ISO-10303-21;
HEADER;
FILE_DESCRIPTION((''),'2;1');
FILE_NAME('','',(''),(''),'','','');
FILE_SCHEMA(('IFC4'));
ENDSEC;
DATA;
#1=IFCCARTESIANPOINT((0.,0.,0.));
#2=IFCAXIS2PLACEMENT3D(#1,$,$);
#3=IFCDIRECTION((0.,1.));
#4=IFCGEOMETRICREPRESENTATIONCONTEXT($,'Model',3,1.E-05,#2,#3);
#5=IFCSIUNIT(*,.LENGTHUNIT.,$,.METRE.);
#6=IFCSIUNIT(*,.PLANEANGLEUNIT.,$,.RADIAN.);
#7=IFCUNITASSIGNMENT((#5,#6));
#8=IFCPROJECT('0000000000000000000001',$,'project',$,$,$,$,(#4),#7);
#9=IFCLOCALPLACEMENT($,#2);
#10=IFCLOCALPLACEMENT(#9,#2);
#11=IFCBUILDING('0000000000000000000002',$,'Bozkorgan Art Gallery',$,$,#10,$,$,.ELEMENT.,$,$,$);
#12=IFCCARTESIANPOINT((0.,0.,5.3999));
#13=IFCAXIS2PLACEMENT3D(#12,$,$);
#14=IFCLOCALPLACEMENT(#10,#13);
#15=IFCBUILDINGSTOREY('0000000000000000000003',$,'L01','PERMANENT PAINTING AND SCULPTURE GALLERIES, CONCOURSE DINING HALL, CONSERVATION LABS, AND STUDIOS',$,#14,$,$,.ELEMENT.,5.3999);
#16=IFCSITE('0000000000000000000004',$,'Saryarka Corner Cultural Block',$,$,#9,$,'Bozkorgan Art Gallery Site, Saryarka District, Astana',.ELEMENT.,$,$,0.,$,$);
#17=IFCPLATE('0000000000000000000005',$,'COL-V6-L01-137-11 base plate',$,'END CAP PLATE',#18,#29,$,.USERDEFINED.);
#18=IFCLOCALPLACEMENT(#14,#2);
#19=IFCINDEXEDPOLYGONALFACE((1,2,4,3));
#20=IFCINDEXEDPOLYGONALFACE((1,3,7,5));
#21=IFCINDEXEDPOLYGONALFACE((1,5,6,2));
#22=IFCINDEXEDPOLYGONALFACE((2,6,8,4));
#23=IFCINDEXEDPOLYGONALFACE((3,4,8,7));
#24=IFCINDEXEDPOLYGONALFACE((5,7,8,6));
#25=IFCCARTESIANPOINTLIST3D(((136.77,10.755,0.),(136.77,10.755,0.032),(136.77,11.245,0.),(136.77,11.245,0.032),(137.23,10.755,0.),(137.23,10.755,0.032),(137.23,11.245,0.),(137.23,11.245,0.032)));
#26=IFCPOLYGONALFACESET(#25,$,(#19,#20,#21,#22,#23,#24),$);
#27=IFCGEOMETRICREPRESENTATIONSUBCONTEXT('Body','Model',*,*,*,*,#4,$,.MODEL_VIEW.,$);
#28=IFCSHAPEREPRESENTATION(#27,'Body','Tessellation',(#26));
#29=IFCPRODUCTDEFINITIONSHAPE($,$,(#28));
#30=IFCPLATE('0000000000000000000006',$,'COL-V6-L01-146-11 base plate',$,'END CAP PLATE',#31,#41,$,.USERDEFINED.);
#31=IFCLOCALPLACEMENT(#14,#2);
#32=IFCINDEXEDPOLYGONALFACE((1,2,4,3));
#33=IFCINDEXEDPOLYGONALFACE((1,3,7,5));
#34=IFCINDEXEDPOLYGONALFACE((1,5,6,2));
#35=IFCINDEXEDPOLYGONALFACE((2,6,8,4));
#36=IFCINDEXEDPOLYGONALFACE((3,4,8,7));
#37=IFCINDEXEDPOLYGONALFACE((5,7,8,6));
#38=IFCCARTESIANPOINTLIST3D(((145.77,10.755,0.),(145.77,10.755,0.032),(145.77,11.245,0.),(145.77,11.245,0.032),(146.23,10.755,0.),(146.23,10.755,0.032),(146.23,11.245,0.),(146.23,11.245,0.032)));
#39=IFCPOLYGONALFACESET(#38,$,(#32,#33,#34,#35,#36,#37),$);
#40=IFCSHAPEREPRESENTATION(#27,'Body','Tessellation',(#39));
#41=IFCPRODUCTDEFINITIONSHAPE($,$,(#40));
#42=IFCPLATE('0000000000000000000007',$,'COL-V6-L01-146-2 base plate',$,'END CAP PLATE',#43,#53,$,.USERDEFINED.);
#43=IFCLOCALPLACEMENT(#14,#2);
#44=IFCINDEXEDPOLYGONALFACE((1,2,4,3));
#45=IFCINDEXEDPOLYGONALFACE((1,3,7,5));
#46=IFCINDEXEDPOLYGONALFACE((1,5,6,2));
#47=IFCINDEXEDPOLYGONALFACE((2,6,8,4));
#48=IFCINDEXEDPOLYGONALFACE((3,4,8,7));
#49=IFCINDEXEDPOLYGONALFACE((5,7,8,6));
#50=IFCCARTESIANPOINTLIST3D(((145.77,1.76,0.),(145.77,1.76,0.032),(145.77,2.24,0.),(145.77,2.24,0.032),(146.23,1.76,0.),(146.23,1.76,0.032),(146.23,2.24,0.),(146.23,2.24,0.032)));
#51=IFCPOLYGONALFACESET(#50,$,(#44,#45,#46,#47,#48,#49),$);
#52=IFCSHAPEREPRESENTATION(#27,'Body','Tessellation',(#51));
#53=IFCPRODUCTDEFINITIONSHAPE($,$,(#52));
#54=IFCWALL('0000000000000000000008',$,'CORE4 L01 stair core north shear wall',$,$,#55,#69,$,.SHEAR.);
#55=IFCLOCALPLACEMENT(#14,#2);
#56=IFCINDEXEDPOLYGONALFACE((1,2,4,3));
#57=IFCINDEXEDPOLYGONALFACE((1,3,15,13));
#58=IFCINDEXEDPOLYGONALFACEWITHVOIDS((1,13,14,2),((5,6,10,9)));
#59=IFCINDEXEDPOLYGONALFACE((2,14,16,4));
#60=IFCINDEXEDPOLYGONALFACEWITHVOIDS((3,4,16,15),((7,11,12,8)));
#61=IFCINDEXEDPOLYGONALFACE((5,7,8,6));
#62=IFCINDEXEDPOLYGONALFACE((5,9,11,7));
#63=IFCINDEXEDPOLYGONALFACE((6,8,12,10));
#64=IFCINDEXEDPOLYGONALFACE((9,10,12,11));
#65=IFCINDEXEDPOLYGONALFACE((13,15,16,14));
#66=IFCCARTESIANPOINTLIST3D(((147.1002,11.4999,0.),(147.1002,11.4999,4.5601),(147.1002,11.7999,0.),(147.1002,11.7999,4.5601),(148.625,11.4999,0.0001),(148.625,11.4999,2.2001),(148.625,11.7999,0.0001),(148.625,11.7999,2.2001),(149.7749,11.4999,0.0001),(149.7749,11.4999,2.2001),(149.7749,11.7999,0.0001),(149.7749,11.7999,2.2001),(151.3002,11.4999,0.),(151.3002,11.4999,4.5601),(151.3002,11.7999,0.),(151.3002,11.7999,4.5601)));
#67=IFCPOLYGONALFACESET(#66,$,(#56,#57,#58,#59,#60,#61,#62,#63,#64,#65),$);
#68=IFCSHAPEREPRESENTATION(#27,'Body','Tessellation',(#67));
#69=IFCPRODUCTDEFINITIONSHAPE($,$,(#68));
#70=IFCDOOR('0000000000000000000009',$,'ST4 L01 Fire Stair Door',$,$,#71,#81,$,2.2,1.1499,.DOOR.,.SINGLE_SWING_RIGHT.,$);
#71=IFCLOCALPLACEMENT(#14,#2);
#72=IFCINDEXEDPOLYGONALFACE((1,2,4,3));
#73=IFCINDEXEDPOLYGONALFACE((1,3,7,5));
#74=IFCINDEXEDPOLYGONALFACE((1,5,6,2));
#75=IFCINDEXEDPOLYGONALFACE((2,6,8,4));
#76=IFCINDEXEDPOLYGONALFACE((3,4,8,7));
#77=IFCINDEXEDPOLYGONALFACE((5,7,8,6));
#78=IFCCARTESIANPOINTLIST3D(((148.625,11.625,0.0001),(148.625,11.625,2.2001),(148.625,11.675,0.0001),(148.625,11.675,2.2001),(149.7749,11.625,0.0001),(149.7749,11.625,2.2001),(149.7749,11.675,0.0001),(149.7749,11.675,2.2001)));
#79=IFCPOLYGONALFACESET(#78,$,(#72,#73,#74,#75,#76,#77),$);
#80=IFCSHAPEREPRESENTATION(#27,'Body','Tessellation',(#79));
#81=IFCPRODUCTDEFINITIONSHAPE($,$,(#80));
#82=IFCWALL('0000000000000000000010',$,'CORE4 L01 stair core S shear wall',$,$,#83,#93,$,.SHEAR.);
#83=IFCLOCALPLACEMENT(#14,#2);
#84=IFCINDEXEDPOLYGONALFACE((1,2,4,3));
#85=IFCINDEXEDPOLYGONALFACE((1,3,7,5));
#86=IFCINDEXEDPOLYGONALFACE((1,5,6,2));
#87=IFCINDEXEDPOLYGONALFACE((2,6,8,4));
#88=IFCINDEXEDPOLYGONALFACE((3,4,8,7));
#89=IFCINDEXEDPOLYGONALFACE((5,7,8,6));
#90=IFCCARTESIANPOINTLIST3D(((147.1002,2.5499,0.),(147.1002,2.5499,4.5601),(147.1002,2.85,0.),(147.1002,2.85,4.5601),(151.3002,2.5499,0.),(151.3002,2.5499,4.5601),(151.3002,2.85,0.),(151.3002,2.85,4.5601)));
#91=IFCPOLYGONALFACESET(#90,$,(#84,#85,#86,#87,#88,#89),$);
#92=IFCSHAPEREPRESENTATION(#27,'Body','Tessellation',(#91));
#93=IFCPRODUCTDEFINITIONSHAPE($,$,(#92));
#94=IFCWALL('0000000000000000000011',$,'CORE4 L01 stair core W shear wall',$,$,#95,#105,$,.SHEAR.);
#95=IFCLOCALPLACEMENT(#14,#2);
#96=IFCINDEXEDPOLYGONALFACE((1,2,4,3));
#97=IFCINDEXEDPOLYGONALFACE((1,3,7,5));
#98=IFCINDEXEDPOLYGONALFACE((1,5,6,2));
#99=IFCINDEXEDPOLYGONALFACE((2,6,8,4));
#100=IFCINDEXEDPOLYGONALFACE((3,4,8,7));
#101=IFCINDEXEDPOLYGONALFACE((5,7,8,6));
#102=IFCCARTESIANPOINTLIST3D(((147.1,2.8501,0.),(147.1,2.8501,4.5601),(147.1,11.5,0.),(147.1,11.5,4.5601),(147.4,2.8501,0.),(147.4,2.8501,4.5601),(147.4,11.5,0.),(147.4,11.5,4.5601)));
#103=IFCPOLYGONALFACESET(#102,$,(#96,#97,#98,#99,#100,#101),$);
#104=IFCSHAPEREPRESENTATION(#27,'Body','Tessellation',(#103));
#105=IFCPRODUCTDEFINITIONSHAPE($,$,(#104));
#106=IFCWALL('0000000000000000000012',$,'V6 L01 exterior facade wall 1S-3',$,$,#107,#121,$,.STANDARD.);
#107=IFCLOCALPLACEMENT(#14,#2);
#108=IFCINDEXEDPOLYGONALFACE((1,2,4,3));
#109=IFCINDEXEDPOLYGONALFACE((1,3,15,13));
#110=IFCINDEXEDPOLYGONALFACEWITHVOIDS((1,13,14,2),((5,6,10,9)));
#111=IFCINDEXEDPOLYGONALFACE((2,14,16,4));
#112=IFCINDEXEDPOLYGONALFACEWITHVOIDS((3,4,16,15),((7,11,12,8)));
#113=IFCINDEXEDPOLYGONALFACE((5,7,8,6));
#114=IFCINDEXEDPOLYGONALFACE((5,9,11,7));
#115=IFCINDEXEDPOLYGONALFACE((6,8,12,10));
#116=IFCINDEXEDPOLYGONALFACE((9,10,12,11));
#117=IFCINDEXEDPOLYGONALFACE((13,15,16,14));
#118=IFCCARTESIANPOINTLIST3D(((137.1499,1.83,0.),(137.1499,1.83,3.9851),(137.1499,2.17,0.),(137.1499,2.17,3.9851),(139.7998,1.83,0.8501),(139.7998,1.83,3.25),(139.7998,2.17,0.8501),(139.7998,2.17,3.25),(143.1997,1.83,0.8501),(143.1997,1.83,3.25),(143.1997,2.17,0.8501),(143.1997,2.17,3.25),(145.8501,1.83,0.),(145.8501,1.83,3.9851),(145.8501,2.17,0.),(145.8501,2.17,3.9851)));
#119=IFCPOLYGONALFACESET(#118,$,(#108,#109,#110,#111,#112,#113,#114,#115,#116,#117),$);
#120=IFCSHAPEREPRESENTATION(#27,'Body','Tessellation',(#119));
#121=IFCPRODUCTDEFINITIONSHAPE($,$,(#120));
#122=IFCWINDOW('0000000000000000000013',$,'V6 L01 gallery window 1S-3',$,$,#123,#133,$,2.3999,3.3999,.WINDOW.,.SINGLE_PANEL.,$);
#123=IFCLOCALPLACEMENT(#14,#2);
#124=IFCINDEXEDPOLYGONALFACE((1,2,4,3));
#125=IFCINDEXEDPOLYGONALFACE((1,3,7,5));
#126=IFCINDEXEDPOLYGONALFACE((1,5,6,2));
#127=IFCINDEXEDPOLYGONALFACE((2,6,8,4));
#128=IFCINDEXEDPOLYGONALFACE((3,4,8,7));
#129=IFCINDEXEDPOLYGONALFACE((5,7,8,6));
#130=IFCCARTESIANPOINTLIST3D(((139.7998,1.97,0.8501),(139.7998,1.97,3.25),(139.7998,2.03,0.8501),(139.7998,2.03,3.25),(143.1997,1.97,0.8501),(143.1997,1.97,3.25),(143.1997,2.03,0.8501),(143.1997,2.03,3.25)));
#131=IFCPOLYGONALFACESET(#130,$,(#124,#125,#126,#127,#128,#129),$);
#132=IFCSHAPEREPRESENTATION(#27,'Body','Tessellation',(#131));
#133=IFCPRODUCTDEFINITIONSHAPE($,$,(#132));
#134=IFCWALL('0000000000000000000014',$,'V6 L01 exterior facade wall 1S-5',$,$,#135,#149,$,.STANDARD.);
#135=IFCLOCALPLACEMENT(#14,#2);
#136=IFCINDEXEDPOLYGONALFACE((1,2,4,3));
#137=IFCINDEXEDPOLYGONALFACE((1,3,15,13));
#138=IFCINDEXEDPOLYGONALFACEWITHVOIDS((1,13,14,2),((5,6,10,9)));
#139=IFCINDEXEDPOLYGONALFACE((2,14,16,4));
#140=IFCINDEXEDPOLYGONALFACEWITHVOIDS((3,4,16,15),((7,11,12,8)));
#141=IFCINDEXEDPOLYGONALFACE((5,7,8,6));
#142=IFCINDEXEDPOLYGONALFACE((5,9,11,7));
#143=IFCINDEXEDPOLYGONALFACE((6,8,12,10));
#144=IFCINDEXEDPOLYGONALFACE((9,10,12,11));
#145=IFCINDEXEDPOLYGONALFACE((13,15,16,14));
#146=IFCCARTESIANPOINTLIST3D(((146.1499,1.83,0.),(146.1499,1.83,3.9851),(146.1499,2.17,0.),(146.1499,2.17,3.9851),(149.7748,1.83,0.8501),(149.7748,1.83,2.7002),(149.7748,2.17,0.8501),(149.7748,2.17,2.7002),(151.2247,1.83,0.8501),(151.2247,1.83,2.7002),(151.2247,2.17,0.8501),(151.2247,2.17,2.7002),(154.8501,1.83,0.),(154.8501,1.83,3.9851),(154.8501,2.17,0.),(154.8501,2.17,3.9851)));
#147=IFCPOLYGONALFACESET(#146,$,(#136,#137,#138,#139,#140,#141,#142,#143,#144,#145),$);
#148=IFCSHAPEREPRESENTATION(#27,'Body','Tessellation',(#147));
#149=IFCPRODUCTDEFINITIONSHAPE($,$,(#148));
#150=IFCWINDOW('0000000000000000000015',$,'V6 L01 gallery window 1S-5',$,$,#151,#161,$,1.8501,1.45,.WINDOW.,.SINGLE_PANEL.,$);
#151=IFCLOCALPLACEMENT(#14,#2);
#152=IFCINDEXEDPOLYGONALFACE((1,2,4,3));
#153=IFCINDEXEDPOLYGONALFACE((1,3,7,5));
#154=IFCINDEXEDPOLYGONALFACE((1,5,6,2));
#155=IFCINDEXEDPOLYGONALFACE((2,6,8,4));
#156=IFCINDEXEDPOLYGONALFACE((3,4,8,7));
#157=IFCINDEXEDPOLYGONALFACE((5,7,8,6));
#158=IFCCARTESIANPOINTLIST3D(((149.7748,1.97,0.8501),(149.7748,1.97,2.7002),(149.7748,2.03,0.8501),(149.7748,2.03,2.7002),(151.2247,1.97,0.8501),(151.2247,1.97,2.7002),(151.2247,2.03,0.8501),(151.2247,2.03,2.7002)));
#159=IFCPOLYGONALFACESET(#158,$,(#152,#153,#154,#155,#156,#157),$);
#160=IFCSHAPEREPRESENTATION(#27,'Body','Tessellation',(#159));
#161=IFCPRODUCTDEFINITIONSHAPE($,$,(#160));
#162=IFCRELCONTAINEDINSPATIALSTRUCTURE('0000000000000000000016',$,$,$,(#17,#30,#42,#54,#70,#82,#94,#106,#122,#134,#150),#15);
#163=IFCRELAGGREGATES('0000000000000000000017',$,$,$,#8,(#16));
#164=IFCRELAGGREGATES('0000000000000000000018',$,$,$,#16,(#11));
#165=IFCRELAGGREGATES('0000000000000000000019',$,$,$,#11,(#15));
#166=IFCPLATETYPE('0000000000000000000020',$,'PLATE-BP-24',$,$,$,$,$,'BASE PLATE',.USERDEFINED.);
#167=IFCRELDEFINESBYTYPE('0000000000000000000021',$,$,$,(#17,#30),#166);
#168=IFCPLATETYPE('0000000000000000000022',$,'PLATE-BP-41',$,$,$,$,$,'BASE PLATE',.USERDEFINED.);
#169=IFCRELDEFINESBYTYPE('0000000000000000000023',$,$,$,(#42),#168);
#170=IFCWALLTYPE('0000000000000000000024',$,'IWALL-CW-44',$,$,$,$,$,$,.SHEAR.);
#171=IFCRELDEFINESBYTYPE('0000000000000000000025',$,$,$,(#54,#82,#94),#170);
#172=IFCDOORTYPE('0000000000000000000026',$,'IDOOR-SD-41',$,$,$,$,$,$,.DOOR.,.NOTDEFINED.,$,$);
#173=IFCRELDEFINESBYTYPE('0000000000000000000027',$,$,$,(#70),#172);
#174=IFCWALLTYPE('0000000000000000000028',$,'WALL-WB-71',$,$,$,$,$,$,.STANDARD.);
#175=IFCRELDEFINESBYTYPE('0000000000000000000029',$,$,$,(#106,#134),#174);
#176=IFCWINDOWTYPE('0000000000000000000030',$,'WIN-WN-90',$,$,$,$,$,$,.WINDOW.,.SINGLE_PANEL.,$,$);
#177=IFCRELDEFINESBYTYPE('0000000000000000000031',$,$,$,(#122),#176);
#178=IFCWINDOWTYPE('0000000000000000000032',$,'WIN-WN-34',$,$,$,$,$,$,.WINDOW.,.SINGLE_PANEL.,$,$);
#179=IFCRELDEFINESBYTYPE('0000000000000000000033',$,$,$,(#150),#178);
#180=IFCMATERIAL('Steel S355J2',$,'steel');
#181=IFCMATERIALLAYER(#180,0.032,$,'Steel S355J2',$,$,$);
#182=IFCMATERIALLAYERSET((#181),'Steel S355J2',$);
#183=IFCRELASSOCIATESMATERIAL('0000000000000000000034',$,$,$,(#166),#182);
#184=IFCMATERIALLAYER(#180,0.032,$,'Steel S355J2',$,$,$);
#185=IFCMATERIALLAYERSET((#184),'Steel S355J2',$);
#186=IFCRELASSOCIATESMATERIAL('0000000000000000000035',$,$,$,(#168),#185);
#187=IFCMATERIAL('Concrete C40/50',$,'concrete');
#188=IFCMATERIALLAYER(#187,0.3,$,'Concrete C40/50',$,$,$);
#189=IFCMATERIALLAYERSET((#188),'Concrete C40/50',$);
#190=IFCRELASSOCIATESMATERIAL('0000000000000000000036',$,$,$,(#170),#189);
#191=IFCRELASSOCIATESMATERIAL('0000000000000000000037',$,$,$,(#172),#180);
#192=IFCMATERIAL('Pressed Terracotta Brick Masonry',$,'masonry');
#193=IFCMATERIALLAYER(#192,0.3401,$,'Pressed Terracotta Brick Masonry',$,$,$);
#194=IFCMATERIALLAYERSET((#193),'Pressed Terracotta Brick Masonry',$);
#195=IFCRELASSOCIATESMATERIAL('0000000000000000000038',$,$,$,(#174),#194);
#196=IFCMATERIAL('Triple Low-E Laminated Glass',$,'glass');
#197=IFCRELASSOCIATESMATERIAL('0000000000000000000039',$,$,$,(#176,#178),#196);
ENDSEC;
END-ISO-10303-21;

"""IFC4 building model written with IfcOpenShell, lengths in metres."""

from ifc_helpers import new_model, si_unit, direction, frame, frame_2d, origin, origin_2d, place, context, subcontext, project, spatial, rectangle, extrude, material, layer, layer_set, type_object, element, fill, save


model = new_model("IFC4")

# Units and contexts
model_context = context("Model", 3, precision=1e-05, world=origin(), true_north=direction((0.0, 1.0)))
body_context = subcontext(model_context, "Body", "Model", "MODEL_VIEW")
ifc_project = project(units=[si_unit("LENGTHUNIT", "METRE"), si_unit("PLANEANGLEUNIT", "RADIAN")], contexts=[model_context])

# Site, building, storey
site_placement = place(None, origin())
site = spatial("IfcSite", under=ifc_project, at=site_placement, Name="Saryarka Corner Cultural Block", LongName="Bozkorgan Art Gallery Site, Saryarka District, Astana", CompositionType="ELEMENT", RefElevation=0.0)
building_placement = place(site_placement, origin())
building = spatial("IfcBuilding", under=site, at=building_placement, Name="Bozkorgan Art Gallery", CompositionType="ELEMENT")
storey_placement = place(building_placement, frame((0.0, 0.0, 5.3999)))
storey = spatial("IfcBuildingStorey", under=building, at=storey_placement, Name="L01", Description="PERMANENT PAINTING AND SCULPTURE GALLERIES, CONCOURSE DINING HALL, CONSERVATION LABS, AND STUDIOS", CompositionType="ELEMENT", Elevation=5.3999)

# Shared definitions
ifc_material_1 = material(Name="Steel S355J2", Category="steel")

# Plates
ifc_layer_1 = layer(ifc_material_1, 0.032, Name="Steel S355J2")
ifc_layer_set_1 = layer_set([ifc_layer_1], Name="Steel S355J2")
plate_type_1 = type_object("IfcPlateType", Name="PLATE-BP-24", ElementType="BASE PLATE", PredefinedType="USERDEFINED", material=ifc_layer_set_1)
for number, where, z_axis, x_axis, name in (
    (1, (137.0, 11.0, 0.0), (0.0, 0.0, 1.0), (1.0, 0.0, 0.0), "COL-V6-L01-137-11 base plate"),
    (2, (146.0, 11.0, 0.0), (0.0, 0.0, 1.0), (1.0, 0.0, 0.0), "COL-V6-L01-146-11 base plate"),
):
    element("IfcPlate", number, at=place(storey_placement, frame(where, z_axis=z_axis, x_axis=x_axis)), inside=storey, type_object=plate_type_1, Name=name, ObjectType="END CAP PLATE", PredefinedType="USERDEFINED", context=body_context, shape_type="SweptSolid", body=[
        extrude(rectangle(XDim=0.46, YDim=0.49, at=origin_2d()), origin(), (0.0, 0.0, 1.0), 0.032),
    ])
ifc_layer_2 = layer(ifc_material_1, 0.032, Name="Steel S355J2")
ifc_layer_set_2 = layer_set([ifc_layer_2], Name="Steel S355J2")
plate_type_2 = type_object("IfcPlateType", Name="PLATE-BP-41", ElementType="BASE PLATE", PredefinedType="USERDEFINED", material=ifc_layer_set_2)
plate_placement = place(storey_placement, frame((146.0, 2.0, 0.0), z_axis=(0.0, 0.0, 1.0), x_axis=(1.0, 0.0, 0.0)))
element("IfcPlate", 3, at=plate_placement, inside=storey, type_object=plate_type_2, Name="COL-V6-L01-146-2 base plate", ObjectType="END CAP PLATE", PredefinedType="USERDEFINED", context=body_context, shape_type="SweptSolid", body=[
    extrude(rectangle(XDim=0.46, YDim=0.48, at=origin_2d()), origin(), (0.0, 0.0, 1.0), 0.032),
])

# Wall, opening, door
ifc_material_2 = material(Name="Concrete C40/50", Category="concrete")
ifc_layer_3 = layer(ifc_material_2, 0.3, Name="Concrete C40/50")
ifc_layer_set_3 = layer_set([ifc_layer_3], Name="Concrete C40/50")
wall_type_1 = type_object("IfcWallType", Name="IWALL-CW-44", PredefinedType="SHEAR", material=ifc_layer_set_3)
wall_1_placement = place(storey_placement, frame((147.1001, 11.6499, 0.0), z_axis=(0.0, 0.0, 1.0), x_axis=(1.0, 0.0, 0.0)))
wall_1 = element("IfcWall", 4, at=wall_1_placement, inside=storey, type_object=wall_type_1, Name="CORE4 L01 stair core north shear wall", PredefinedType="SHEAR", context=body_context, shape_type="SweptSolid", body=[
    extrude(rectangle(XDim=4.2, YDim=0.3, at=frame_2d((2.1001, 0.0))), origin(), (0.0, 0.0, 1.0), 4.5601),
])
opening_1_placement = place(wall_1_placement, frame((2.6748, 0.0, 0.0), z_axis=(0.0, 0.0, 1.0), x_axis=(-1.0, 0.0, 0.0)))
opening_1 = element("IfcOpeningElement", 5, at=opening_1_placement, cuts=wall_1, PredefinedType="OPENING", context=body_context, shape_type="SweptSolid", body=[
    extrude(rectangle(XDim=1.1499, YDim=2.2, at=frame_2d((0.575, 1.1001))), frame((0.0, 0.1602, 0.0), z_axis=(0.0, -1.0, 0.0), x_axis=(1.0, 0.0, 0.0)), (0.0, 0.0, 1.0), 0.3201),
])
door_type = type_object("IfcDoorType", Name="IDOOR-SD-41", OperationType="NOTDEFINED", PredefinedType="DOOR", material=ifc_material_1)
door_placement = place(opening_1_placement, origin())
door = element("IfcDoor", 6, at=door_placement, inside=storey, type_object=door_type, Name="ST4 L01 Fire Stair Door", OperationType="SINGLE_SWING_RIGHT", OverallHeight=2.2, OverallWidth=1.1499, PredefinedType="DOOR", context=body_context, shape_type="SweptSolid", body=[
    extrude(rectangle(XDim=1.1499, YDim=2.2, at=frame_2d((0.575, 1.1001))), frame((0.0, 0.0249, 0.0), z_axis=(0.0, -1.0, 0.0), x_axis=(1.0, 0.0, 0.0)), (0.0, 0.0, 1.0), 0.05),
])
fill(opening_1, door)

# Walls
wall_2_placement = place(storey_placement, frame((147.1001, 2.7, 0.0), z_axis=(0.0, 0.0, 1.0), x_axis=(1.0, 0.0, 0.0)))
element("IfcWall", 7, at=wall_2_placement, inside=storey, type_object=wall_type_1, Name="CORE4 L01 stair core S shear wall", PredefinedType="SHEAR", context=body_context, shape_type="SweptSolid", body=[
    extrude(rectangle(XDim=4.2, YDim=0.3, at=frame_2d((2.1001, 0.0))), origin(), (0.0, 0.0, 1.0), 4.5601),
])
wall_3_placement = place(storey_placement, frame((147.25, 2.8501, 0.0), z_axis=(0.0, 0.0, 1.0), x_axis=(0.0, 1.0, 0.0)))
element("IfcWall", 8, at=wall_3_placement, inside=storey, type_object=wall_type_1, Name="CORE4 L01 stair core W shear wall", PredefinedType="SHEAR", context=body_context, shape_type="SweptSolid", body=[
    extrude(rectangle(XDim=8.6499, YDim=0.3, at=frame_2d((4.325, 0.0))), origin(), (0.0, 0.0, 1.0), 4.5601),
])

# Walls, openings, windows
ifc_material_3 = material(Name="Pressed Terracotta Brick Masonry", Category="masonry")
ifc_layer_4 = layer(ifc_material_3, 0.3401, Name="Pressed Terracotta Brick Masonry")
ifc_layer_set_4 = layer_set([ifc_layer_4], Name="Pressed Terracotta Brick Masonry")
wall_type_2 = type_object("IfcWallType", Name="WALL-WB-71", PredefinedType="STANDARD", material=ifc_layer_set_4)
wall_4_placement = place(storey_placement, frame((137.1499, 2.0, 0.0), z_axis=(0.0, 0.0, 1.0), x_axis=(1.0, 0.0, 0.0)))
wall_4 = element("IfcWall", 9, at=wall_4_placement, inside=storey, type_object=wall_type_2, Name="V6 L01 exterior facade wall 1S-3", PredefinedType="STANDARD", context=body_context, shape_type="SweptSolid", body=[
    extrude(rectangle(XDim=8.7002, YDim=0.3401, at=frame_2d((4.3501, 0.0))), origin(), (0.0, 0.0, 1.0), 3.9851),
])
opening_2_placement = place(wall_4_placement, frame((6.0498, 0.0, 0.8501), z_axis=(0.0, 0.0, 1.0), x_axis=(-1.0, 0.0, 0.0)))
opening_2 = element("IfcOpeningElement", 10, at=opening_2_placement, cuts=wall_4, PredefinedType="OPENING", context=body_context, shape_type="SweptSolid", body=[
    extrude(rectangle(XDim=3.3999, YDim=2.3999, at=frame_2d((1.7, 1.2))), frame((0.0, 0.1802, 0.0), z_axis=(0.0, -1.0, 0.0), x_axis=(1.0, 0.0, 0.0)), (0.0, 0.0, 1.0), 0.3601),
])
ifc_material_4 = material(Name="Triple Low-E Laminated Glass", Category="glass")
window_type_1 = type_object("IfcWindowType", Name="WIN-WN-90", PartitioningType="SINGLE_PANEL", PredefinedType="WINDOW", material=ifc_material_4)
window_1_placement = place(opening_2_placement, origin())
window_1 = element("IfcWindow", 11, at=window_1_placement, inside=storey, type_object=window_type_1, Name="V6 L01 gallery window 1S-3", OverallHeight=2.3999, OverallWidth=3.3999, PartitioningType="SINGLE_PANEL", PredefinedType="WINDOW", context=body_context, shape_type="SweptSolid", body=[
    extrude(rectangle(XDim=3.3999, YDim=2.3999, at=frame_2d((1.7, 1.2))), frame((0.0, 0.03, 0.0), z_axis=(0.0, -1.0, 0.0), x_axis=(1.0, 0.0, 0.0)), (0.0, 0.0, 1.0), 0.0601),
])
fill(opening_2, window_1)
wall_5_placement = place(storey_placement, frame((146.1499, 2.0, 0.0), z_axis=(0.0, 0.0, 1.0), x_axis=(1.0, 0.0, 0.0)))
wall_5 = element("IfcWall", 12, at=wall_5_placement, inside=storey, type_object=wall_type_2, Name="V6 L01 exterior facade wall 1S-5", PredefinedType="STANDARD", context=body_context, shape_type="SweptSolid", body=[
    extrude(rectangle(XDim=8.7002, YDim=0.3401, at=frame_2d((4.3501, 0.0))), origin(), (0.0, 0.0, 1.0), 3.9851),
])
opening_3_placement = place(wall_5_placement, frame((5.075, 0.0, 0.8501), z_axis=(0.0, 0.0, 1.0), x_axis=(-1.0, 0.0, 0.0)))
opening_3 = element("IfcOpeningElement", 13, at=opening_3_placement, cuts=wall_5, PredefinedType="OPENING", context=body_context, shape_type="SweptSolid", body=[
    extrude(rectangle(XDim=1.45, YDim=1.8501, at=frame_2d((0.7251, 0.925))), frame((0.0, 0.1802, 0.0), z_axis=(0.0, -1.0, 0.0), x_axis=(1.0, 0.0, 0.0)), (0.0, 0.0, 1.0), 0.3601),
])
window_type_2 = type_object("IfcWindowType", Name="WIN-WN-34", PartitioningType="SINGLE_PANEL", PredefinedType="WINDOW", material=ifc_material_4)
window_2_placement = place(opening_3_placement, origin())
window_2 = element("IfcWindow", 14, at=window_2_placement, inside=storey, type_object=window_type_2, Name="V6 L01 gallery window 1S-5", OverallHeight=1.8501, OverallWidth=1.45, PartitioningType="SINGLE_PANEL", PredefinedType="WINDOW", context=body_context, shape_type="SweptSolid", body=[
    extrude(rectangle(XDim=1.45, YDim=1.8501, at=frame_2d((0.7251, 0.925))), frame((0.0, 0.03, 0.0), z_axis=(0.0, -1.0, 0.0), x_axis=(1.0, 0.0, 0.0)), (0.0, 0.0, 1.0), 0.0601),
])
fill(opening_3, window_2)

save(model, "model.ifc")
